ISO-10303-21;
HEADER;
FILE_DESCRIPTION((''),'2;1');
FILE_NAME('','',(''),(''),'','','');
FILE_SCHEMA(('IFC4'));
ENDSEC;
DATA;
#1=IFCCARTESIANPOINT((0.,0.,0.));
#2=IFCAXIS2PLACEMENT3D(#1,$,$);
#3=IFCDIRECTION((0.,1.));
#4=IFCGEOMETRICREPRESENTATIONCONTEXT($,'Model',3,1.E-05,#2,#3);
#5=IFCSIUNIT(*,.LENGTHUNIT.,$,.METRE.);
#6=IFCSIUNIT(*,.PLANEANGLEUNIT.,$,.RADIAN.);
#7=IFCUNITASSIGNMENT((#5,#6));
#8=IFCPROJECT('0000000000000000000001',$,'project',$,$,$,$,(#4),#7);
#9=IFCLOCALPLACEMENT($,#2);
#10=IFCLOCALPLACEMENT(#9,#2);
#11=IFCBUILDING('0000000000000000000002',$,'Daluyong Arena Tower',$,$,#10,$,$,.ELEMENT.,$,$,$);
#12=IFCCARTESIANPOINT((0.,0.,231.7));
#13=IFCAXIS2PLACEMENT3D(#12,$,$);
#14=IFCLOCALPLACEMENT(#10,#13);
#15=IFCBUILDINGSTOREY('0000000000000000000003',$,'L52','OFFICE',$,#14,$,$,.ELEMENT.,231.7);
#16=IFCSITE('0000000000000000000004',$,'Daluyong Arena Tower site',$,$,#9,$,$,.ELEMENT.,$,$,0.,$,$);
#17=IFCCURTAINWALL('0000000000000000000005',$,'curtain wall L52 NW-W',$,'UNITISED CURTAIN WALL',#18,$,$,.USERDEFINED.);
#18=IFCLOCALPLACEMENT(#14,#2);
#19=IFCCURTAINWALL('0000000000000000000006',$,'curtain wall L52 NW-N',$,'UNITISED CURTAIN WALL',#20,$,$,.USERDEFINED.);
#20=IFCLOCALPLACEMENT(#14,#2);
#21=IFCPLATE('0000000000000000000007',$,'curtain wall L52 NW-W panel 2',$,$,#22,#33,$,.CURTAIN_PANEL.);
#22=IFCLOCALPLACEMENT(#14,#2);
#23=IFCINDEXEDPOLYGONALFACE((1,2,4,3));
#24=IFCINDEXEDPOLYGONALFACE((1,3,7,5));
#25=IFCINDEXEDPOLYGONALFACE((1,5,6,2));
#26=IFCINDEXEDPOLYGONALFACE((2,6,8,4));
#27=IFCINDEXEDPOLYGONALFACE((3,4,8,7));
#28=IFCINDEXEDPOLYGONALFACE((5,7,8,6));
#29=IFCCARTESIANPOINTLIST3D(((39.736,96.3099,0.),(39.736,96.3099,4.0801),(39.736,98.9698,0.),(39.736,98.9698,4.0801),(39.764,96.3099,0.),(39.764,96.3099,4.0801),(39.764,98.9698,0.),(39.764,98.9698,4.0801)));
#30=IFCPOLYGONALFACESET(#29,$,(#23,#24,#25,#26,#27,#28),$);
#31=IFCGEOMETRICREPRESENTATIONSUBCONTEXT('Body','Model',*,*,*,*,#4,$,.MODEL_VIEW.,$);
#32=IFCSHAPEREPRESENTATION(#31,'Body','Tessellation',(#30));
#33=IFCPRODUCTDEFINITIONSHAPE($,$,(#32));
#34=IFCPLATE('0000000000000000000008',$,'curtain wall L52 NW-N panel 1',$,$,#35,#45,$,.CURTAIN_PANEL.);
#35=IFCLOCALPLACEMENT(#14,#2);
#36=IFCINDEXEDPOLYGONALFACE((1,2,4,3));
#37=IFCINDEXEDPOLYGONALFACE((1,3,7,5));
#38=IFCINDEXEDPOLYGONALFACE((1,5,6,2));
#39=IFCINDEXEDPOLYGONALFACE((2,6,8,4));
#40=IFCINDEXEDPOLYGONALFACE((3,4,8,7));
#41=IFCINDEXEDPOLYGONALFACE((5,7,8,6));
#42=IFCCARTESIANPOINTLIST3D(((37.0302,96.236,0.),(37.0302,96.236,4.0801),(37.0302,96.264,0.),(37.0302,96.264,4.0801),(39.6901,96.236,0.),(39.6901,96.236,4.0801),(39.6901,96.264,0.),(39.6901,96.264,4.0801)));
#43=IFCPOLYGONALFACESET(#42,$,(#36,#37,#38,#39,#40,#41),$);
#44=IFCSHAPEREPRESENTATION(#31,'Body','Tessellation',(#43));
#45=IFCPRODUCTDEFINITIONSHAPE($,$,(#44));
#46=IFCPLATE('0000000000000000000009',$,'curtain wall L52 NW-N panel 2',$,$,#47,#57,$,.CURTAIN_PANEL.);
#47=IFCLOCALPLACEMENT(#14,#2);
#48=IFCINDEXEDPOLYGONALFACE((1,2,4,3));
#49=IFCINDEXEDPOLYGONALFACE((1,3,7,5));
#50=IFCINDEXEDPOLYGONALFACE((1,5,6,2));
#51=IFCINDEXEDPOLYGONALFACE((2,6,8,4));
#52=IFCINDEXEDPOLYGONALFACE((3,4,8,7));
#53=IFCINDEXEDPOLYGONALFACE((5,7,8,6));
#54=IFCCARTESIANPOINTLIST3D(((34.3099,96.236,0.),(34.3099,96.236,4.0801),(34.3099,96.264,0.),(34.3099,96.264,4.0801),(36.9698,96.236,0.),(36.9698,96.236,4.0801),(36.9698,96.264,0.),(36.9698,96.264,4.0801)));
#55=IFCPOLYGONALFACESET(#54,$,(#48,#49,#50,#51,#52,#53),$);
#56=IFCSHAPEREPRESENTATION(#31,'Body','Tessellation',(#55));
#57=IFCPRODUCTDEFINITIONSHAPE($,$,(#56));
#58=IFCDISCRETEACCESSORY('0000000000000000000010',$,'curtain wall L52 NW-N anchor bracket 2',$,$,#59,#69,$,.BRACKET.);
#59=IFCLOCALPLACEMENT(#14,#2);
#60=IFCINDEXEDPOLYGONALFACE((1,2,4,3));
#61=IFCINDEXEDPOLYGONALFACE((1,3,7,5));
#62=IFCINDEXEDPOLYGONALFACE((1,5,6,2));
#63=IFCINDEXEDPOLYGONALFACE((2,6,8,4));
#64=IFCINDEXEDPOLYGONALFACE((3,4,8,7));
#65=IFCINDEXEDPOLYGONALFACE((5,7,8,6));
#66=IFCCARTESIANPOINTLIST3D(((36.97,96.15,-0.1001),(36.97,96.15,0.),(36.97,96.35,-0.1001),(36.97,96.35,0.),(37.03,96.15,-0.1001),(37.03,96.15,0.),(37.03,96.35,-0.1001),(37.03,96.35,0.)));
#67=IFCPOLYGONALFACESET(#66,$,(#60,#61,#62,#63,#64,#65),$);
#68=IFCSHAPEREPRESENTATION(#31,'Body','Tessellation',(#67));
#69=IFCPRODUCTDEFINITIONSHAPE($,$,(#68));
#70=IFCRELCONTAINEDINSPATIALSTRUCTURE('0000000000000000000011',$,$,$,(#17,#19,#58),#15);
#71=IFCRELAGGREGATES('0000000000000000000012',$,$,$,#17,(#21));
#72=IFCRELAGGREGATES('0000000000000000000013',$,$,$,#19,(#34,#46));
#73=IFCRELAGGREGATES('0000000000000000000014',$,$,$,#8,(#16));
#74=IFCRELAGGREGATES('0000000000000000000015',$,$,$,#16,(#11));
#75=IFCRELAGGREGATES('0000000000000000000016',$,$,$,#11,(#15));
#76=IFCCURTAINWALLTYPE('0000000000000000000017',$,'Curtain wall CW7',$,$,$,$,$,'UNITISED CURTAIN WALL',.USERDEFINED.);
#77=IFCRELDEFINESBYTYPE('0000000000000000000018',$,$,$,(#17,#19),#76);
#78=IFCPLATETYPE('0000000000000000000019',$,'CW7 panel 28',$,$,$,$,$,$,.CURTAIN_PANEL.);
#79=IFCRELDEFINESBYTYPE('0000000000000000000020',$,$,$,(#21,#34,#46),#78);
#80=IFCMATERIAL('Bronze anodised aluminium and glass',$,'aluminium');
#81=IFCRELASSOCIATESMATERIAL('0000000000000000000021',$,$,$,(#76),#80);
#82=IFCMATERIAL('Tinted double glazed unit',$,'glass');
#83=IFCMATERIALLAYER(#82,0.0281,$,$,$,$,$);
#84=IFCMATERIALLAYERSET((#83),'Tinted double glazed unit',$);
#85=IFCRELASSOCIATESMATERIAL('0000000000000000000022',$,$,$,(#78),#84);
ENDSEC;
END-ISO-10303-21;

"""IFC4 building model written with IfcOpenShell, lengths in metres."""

from ifc_helpers import new_model, si_unit, direction, frame, origin, origin_2d, place, context, subcontext, project, spatial, rectangle, extrude, material, layer, layer_set, type_object, element, aggregate, save


model = new_model("IFC4")

# Units and contexts
model_context = context("Model", 3, precision=1e-05, world=origin(), true_north=direction((0.0, 1.0)))
body_context = subcontext(model_context, "Body", "Model", "MODEL_VIEW")
ifc_project = project(units=[si_unit("LENGTHUNIT", "METRE"), si_unit("PLANEANGLEUNIT", "RADIAN")], contexts=[model_context])

# Site, building, storey
site_placement = place(None, origin())
site = spatial("IfcSite", under=ifc_project, at=site_placement, Name="Daluyong Arena Tower site", CompositionType="ELEMENT", RefElevation=0.0)
building_placement = place(site_placement, origin())
building = spatial("IfcBuilding", under=site, at=building_placement, Name="Daluyong Arena Tower", CompositionType="ELEMENT")
storey_placement = place(building_placement, frame((0.0, 0.0, 231.7)))
storey = spatial("IfcBuildingStorey", under=building, at=storey_placement, Name="L52", Description="OFFICE", CompositionType="ELEMENT", Elevation=231.7)

# Curtain walls
ifc_material_1 = material(Name="Bronze anodised aluminium and glass", Category="aluminium")
curtain_wall_type_1 = type_object("IfcCurtainWallType", Name="Curtain wall CW7", ElementType="UNITISED CURTAIN WALL", PredefinedType="USERDEFINED", material=ifc_material_1)
curtain_wall_1_placement = place(storey_placement, origin())
curtain_wall_1 = element("IfcCurtainWall", 1, at=curtain_wall_1_placement, inside=storey, type_object=curtain_wall_type_1, Name="curtain wall L52 NW-W", ObjectType="UNITISED CURTAIN WALL", PredefinedType="USERDEFINED")
curtain_wall_2_placement = place(storey_placement, origin())
curtain_wall_2 = element("IfcCurtainWall", 2, at=curtain_wall_2_placement, inside=storey, type_object=curtain_wall_type_1, Name="curtain wall L52 NW-N", ObjectType="UNITISED CURTAIN WALL", PredefinedType="USERDEFINED")

# Plates
ifc_material_2 = material(Name="Tinted double glazed unit", Category="glass")
ifc_layer = layer(ifc_material_2, 0.0281)
ifc_layer_set = layer_set([ifc_layer], Name="Tinted double glazed unit")
plate_type = type_object("IfcPlateType", Name="CW7 panel 28", PredefinedType="CURTAIN_PANEL", material=ifc_layer_set)
plate_1_placement = place(storey_placement, frame((39.75, 97.6399, 0.0), z_axis=(0.0, 0.0, 1.0), x_axis=(0.0, -1.0, 0.0)))
plate_1 = element("IfcPlate", 3, at=plate_1_placement, type_object=plate_type, Name="curtain wall L52 NW-W panel 2", PredefinedType="CURTAIN_PANEL", context=body_context, shape_type="SweptSolid", body=[
    extrude(rectangle(XDim=2.6599, YDim=0.0281, at=origin_2d()), origin(), (0.0, 0.0, 1.0), 4.0801),
])
aggregate(curtain_wall_1, [plate_1])
plate_2_placement = place(storey_placement, frame((38.3601, 96.25, 0.0), z_axis=(0.0, 0.0, 1.0), x_axis=(-1.0, 0.0, 0.0)))
plate_2 = element("IfcPlate", 4, at=plate_2_placement, type_object=plate_type, Name="curtain wall L52 NW-N panel 1", PredefinedType="CURTAIN_PANEL", context=body_context, shape_type="SweptSolid", body=[
    extrude(rectangle(XDim=2.6599, YDim=0.0281, at=origin_2d()), origin(), (0.0, 0.0, 1.0), 4.0801),
])
plate_3_placement = place(storey_placement, frame((35.6399, 96.25, 0.0), z_axis=(0.0, 0.0, 1.0), x_axis=(-1.0, 0.0, 0.0)))
plate_3 = element("IfcPlate", 5, at=plate_3_placement, type_object=plate_type, Name="curtain wall L52 NW-N panel 2", PredefinedType="CURTAIN_PANEL", context=body_context, shape_type="SweptSolid", body=[
    extrude(rectangle(XDim=2.6599, YDim=0.0281, at=origin_2d()), origin(), (0.0, 0.0, 1.0), 4.0801),
])
aggregate(curtain_wall_2, [plate_2, plate_3])

# Discrete accessory
discrete_accessory_placement = place(storey_placement, frame((37.0, 96.25, -0.1001), z_axis=(0.0, 0.0, 1.0), x_axis=(-1.0, 0.0, 0.0)))
element("IfcDiscreteAccessory", 6, at=discrete_accessory_placement, inside=storey, Name="curtain wall L52 NW-N anchor bracket 2", PredefinedType="BRACKET", context=body_context, shape_type="SweptSolid", body=[
    extrude(rectangle(XDim=0.0601, YDim=0.2, at=origin_2d()), origin(), (0.0, 0.0, 1.0), 0.1001),
])

save(model, "model.ifc")
